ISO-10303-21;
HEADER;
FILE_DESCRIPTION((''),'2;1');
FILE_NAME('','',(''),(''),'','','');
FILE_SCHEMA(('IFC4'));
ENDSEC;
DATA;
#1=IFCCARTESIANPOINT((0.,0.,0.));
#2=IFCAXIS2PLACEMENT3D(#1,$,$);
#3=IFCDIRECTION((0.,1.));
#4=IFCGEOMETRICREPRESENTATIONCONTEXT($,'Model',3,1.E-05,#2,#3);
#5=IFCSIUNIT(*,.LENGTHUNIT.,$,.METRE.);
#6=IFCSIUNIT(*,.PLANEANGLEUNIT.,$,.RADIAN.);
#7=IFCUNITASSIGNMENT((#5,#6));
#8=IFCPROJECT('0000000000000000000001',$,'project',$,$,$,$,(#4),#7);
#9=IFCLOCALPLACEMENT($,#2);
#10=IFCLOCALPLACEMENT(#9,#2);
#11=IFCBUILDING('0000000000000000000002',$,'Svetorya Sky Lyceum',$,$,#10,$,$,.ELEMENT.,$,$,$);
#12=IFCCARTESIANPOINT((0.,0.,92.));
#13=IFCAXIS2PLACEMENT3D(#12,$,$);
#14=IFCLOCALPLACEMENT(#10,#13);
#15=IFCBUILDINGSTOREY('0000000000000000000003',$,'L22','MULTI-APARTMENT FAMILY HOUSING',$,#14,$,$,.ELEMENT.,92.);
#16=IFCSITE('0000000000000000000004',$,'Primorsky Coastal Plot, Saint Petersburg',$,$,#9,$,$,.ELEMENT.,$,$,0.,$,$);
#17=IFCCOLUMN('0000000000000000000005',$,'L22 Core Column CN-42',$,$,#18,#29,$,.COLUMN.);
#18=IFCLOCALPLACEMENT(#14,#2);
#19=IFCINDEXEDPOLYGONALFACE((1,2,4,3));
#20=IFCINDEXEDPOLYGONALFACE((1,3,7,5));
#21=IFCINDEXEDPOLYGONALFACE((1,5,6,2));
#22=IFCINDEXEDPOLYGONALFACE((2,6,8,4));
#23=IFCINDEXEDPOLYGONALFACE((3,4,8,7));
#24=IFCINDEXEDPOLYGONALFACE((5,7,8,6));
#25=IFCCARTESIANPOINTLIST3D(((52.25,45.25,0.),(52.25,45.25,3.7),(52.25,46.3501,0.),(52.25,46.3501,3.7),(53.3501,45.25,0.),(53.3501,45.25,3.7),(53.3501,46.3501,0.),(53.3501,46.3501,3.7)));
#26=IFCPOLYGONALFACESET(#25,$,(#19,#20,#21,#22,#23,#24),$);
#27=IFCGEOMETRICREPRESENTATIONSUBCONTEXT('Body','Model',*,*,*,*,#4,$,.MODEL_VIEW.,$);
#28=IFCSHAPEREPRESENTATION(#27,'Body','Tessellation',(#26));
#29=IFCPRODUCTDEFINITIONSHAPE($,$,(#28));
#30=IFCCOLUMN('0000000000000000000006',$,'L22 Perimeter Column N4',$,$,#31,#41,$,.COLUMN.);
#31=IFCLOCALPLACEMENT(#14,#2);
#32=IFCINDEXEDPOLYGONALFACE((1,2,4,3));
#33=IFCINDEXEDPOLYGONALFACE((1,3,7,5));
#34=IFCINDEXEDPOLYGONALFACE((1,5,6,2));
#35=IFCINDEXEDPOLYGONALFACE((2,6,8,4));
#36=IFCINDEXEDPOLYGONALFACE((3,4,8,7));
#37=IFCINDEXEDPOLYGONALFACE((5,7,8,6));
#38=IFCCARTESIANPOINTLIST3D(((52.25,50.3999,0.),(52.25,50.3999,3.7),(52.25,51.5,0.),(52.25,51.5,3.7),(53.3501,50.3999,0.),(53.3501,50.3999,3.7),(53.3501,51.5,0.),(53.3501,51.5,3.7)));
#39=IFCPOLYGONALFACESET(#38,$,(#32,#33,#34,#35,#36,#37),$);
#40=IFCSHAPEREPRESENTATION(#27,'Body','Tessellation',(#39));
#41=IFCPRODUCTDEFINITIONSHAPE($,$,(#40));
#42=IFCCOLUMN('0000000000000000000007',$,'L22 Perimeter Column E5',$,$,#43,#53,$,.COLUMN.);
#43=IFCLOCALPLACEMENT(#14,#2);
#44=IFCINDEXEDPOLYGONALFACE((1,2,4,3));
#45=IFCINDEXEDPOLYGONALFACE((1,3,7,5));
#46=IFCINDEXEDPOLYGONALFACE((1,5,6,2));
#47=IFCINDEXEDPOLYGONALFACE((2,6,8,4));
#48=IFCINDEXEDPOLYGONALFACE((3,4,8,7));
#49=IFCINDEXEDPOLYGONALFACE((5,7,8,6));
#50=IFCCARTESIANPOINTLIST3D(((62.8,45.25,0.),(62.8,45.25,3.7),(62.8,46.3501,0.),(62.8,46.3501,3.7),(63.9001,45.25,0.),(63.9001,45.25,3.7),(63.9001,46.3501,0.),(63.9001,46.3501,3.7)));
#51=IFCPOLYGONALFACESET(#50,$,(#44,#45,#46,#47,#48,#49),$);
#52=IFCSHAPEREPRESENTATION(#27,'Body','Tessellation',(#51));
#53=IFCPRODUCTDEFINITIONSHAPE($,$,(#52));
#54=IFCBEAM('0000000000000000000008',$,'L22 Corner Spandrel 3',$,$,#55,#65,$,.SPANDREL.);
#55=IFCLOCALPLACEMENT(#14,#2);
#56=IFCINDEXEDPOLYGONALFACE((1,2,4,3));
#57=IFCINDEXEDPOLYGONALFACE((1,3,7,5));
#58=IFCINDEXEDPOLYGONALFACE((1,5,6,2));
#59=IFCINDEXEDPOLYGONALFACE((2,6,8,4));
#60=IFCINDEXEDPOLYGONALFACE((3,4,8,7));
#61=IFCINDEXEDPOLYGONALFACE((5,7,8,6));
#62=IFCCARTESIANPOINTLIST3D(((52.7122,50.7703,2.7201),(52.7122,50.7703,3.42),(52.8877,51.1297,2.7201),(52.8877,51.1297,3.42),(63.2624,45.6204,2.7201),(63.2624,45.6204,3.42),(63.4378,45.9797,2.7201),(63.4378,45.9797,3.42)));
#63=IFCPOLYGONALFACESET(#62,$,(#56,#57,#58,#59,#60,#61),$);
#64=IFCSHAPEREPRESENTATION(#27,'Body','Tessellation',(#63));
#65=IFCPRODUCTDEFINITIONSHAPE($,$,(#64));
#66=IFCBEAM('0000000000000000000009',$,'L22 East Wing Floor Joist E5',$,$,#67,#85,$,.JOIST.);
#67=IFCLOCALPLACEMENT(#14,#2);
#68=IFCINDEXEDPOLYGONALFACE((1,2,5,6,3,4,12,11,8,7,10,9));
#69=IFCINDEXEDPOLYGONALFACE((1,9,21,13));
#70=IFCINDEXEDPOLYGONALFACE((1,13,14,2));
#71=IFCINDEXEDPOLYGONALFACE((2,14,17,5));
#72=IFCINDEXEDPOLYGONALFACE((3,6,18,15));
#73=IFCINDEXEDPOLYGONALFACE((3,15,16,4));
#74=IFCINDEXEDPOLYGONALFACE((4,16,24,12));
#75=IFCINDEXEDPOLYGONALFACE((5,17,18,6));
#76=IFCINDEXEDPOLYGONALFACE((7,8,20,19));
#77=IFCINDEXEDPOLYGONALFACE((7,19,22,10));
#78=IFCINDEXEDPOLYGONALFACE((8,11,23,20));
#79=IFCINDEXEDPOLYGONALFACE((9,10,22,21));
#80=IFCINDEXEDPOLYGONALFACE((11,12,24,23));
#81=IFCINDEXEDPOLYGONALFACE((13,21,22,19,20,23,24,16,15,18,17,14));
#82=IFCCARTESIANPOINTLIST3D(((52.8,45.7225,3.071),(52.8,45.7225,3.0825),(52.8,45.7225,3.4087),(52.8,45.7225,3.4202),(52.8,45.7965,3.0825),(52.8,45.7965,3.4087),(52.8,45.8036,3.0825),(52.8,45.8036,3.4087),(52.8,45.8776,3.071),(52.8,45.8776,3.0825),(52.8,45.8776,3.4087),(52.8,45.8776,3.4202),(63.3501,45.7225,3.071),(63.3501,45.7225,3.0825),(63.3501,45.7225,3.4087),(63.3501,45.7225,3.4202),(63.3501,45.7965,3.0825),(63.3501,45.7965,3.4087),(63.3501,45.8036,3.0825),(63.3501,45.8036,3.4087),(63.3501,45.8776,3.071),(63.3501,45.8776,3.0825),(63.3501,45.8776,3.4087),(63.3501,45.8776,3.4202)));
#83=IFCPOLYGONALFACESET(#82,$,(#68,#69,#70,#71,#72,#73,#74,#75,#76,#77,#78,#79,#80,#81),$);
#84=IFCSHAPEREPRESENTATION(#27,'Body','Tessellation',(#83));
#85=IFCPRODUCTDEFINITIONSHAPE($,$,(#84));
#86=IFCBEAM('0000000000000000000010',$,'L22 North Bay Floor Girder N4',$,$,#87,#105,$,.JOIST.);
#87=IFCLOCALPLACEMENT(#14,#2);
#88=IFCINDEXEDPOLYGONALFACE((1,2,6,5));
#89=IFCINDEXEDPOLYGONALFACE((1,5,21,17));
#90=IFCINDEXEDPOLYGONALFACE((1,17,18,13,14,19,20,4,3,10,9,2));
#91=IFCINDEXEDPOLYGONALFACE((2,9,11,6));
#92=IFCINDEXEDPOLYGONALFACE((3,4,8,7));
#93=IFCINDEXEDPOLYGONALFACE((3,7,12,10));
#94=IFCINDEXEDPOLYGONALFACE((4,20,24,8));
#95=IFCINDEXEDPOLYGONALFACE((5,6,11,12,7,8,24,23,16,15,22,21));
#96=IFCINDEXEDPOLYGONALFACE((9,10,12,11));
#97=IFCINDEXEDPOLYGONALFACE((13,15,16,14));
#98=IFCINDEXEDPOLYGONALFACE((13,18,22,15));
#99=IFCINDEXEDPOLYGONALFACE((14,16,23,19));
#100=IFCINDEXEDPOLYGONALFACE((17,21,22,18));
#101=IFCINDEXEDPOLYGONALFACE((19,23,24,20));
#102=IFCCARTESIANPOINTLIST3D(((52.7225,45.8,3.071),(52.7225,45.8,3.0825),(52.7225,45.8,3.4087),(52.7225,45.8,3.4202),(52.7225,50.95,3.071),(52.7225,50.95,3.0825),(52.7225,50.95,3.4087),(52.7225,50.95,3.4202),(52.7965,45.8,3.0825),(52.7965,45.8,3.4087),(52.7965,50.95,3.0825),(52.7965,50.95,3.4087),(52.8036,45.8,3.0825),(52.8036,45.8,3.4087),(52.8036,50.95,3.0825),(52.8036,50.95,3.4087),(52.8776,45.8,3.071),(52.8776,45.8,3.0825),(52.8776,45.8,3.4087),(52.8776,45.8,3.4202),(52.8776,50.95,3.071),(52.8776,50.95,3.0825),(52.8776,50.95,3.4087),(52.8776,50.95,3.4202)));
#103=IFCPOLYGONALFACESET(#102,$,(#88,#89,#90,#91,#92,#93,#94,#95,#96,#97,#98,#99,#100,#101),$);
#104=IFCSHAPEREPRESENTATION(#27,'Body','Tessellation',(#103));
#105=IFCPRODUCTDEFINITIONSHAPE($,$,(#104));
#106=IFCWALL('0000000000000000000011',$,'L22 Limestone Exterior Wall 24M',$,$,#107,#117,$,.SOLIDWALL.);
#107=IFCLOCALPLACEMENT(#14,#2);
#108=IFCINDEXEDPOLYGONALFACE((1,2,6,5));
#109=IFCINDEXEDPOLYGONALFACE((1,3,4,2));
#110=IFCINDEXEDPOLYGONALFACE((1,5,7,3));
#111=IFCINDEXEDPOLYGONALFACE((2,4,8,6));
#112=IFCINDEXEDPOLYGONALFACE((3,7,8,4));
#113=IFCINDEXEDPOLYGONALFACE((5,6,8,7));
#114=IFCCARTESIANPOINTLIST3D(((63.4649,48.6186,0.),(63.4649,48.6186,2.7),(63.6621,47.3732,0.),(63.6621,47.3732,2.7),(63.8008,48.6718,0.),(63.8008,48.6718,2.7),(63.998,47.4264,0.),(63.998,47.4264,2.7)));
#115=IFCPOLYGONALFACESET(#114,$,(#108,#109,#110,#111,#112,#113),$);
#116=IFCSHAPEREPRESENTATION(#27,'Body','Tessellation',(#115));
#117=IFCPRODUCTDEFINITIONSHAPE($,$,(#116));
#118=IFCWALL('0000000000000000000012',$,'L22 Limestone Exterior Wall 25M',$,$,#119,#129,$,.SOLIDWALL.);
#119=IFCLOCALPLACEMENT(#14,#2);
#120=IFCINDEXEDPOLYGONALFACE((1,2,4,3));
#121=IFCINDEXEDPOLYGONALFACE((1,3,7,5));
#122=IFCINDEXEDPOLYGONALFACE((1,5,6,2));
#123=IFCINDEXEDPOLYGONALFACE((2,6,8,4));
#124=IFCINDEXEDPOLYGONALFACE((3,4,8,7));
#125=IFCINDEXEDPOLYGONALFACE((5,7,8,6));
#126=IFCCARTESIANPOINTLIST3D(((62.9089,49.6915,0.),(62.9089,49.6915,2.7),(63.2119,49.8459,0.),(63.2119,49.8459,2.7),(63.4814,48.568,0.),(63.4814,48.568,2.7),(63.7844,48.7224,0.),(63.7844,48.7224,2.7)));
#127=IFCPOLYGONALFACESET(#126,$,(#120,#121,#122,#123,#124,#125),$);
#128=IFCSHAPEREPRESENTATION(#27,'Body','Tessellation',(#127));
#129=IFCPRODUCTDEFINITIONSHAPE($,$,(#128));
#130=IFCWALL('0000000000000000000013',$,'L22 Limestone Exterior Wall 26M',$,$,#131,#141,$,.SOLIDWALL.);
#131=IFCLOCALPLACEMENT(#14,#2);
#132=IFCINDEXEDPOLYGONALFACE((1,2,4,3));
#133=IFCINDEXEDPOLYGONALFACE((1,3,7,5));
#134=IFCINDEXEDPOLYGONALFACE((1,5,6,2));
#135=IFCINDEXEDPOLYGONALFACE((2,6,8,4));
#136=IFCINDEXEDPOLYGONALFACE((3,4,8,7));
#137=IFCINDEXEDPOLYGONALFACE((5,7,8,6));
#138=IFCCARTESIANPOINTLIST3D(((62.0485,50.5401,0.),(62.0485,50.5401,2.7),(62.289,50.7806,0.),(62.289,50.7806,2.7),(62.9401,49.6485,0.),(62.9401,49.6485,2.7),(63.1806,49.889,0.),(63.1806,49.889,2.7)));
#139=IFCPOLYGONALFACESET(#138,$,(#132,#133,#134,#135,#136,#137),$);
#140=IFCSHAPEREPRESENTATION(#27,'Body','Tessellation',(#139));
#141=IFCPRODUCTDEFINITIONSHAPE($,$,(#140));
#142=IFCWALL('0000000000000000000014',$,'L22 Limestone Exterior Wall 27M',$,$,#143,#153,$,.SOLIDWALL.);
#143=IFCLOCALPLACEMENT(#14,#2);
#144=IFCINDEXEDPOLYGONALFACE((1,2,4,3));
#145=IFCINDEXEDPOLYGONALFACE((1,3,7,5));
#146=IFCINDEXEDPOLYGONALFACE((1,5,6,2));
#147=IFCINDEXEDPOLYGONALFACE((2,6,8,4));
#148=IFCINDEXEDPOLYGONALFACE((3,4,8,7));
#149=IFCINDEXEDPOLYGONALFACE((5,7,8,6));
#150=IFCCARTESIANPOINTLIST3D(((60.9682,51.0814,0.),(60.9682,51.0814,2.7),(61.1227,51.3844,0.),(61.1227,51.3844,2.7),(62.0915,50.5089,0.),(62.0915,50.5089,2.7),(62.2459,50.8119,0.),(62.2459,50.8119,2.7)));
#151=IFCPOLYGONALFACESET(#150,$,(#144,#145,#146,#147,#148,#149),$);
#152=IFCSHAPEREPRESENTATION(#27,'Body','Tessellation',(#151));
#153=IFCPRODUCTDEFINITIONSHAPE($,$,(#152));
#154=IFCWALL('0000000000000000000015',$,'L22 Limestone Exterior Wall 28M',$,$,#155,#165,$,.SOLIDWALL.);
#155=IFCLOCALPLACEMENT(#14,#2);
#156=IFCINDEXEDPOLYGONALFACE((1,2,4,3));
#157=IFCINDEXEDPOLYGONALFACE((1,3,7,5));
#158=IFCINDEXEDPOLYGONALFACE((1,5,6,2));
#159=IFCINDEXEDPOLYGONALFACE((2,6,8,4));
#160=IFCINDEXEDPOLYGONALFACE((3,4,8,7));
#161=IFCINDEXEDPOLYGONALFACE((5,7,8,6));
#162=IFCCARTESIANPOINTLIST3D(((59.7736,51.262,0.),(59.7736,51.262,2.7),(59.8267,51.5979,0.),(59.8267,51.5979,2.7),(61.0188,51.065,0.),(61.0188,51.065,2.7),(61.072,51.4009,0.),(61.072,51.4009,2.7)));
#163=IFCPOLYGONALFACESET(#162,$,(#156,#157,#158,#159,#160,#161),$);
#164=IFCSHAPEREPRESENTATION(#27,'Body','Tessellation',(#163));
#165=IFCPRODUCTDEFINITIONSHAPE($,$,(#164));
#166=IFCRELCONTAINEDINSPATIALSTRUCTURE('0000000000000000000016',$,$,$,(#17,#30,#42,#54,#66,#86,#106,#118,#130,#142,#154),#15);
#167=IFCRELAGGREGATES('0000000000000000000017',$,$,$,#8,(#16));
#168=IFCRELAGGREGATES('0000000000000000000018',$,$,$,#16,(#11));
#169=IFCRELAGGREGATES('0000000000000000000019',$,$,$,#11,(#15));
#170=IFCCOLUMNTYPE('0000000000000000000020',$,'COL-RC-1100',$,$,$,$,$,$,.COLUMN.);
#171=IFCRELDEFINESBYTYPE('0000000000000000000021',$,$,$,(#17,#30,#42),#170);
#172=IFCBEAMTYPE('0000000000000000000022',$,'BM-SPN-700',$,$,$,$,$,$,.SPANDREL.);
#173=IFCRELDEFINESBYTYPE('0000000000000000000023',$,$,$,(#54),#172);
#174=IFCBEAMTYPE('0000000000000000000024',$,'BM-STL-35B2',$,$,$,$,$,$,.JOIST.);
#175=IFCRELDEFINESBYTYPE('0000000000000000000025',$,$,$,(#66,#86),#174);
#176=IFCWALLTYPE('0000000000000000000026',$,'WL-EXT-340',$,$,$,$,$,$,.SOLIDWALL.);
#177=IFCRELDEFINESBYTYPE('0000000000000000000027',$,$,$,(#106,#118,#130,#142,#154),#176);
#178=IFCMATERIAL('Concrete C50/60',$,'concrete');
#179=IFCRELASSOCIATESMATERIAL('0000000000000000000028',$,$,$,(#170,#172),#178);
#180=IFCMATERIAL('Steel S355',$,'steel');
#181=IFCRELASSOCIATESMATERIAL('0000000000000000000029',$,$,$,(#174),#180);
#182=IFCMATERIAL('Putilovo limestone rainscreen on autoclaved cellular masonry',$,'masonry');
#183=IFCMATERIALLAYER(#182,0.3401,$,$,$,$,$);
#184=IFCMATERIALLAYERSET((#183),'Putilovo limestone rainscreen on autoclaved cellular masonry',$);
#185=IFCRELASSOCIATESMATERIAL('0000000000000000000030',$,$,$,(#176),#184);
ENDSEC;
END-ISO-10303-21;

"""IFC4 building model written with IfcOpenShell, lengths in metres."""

from ifc_helpers import new_model, si_unit, direction, frame, frame_2d, origin, origin_2d, place, context, subcontext, project, spatial, rectangle, i_section, extrude, material, layer, layer_set, material_profile, profile_set, type_object, element, save


model = new_model("IFC4")

# Units and contexts
model_context = context("Model", 3, precision=1e-05, world=origin(), true_north=direction((0.0, 1.0)))
body_context = subcontext(model_context, "Body", "Model", "MODEL_VIEW")
ifc_project = project(units=[si_unit("LENGTHUNIT", "METRE"), si_unit("PLANEANGLEUNIT", "RADIAN")], contexts=[model_context])

# Site, building, storey
site_placement = place(None, origin())
site = spatial("IfcSite", under=ifc_project, at=site_placement, Name="Primorsky Coastal Plot, Saint Petersburg", CompositionType="ELEMENT", RefElevation=0.0)
building_placement = place(site_placement, origin())
building = spatial("IfcBuilding", under=site, at=building_placement, Name="Svetorya Sky Lyceum", CompositionType="ELEMENT")
storey_placement = place(building_placement, frame((0.0, 0.0, 92.0)))
storey = spatial("IfcBuildingStorey", under=building, at=storey_placement, Name="L22", Description="MULTI-APARTMENT FAMILY HOUSING", CompositionType="ELEMENT", Elevation=92.0)

# Columns
ifc_material_1 = material(Name="Concrete C50/60", Category="concrete")
ifc_material_profile_1 = material_profile(ifc_material_1, rectangle(XDim=1.1001, YDim=1.1001, at=origin_2d()), Name="RC COL 1100x1100")
ifc_profile_set_1 = profile_set([ifc_material_profile_1], Name="Concrete C50/60")
column_type = type_object("IfcColumnType", Name="COL-RC-1100", PredefinedType="COLUMN", material=ifc_profile_set_1)
for number, where, z_axis, x_axis, name in (
    (1, (52.8, 45.8, 0.0), (0.0, 0.0, 1.0), (1.0, 0.0, 0.0), "L22 Core Column CN-42"),
    (2, (52.8, 50.95, 0.0), (0.0, 0.0, 1.0), (1.0, 0.0, 0.0), "L22 Perimeter Column N4"),
    (3, (63.3501, 45.8, 0.0), (0.0, 0.0, 1.0), (1.0, 0.0, 0.0), "L22 Perimeter Column E5"),
):
    element("IfcColumn", number, at=place(storey_placement, frame(where, z_axis=z_axis, x_axis=x_axis)), inside=storey, type_object=column_type, Name=name, PredefinedType="COLUMN", context=body_context, shape_type="SweptSolid", body=[
        extrude(rectangle(XDim=1.1001, YDim=1.1001, at=origin_2d()), origin(), (0.0, 0.0, 1.0), 3.7),
    ])

# Beams
ifc_material_profile_2 = material_profile(ifc_material_1, rectangle(XDim=0.3999, YDim=0.7, at=origin_2d()), Name="RC SPANDREL 400x700")
ifc_profile_set_2 = profile_set([ifc_material_profile_2], Name="Concrete C50/60")
beam_type_1 = type_object("IfcBeamType", Name="BM-SPN-700", PredefinedType="SPANDREL", material=ifc_profile_set_2)
beam_1_placement = place(storey_placement, frame((63.3501, 45.8, 3.0701), z_axis=(-0.89865, 0.438667, 0.0), x_axis=(-0.438667, -0.89865, 0.0)))
element("IfcBeam", 4, at=beam_1_placement, inside=storey, type_object=beam_type_1, Name="L22 Corner Spandrel 3", PredefinedType="SPANDREL", context=body_context, shape_type="SweptSolid", body=[
    extrude(rectangle(XDim=0.3999, YDim=0.7, at=origin_2d()), origin(), (0.0, 0.0, 1.0), 11.74),
])
ifc_material_2 = material(Name="Steel S355", Category="steel")
ifc_material_profile_3 = material_profile(ifc_material_2, i_section(OverallWidth=0.155, OverallDepth=0.3491, WebThickness=0.0071, FlangeThickness=0.0115, at=origin_2d()), Name="GOST 35B2")
ifc_profile_set_3 = profile_set([ifc_material_profile_3], Name="Steel S355")
beam_type_2 = type_object("IfcBeamType", Name="BM-STL-35B2", PredefinedType="JOIST", material=ifc_profile_set_3)
beam_2_placement = place(storey_placement, frame((52.8, 45.8, 3.2456), z_axis=(1.0, 0.0, 0.0), x_axis=(0.0, 1.0, 0.0)))
element("IfcBeam", 5, at=beam_2_placement, inside=storey, type_object=beam_type_2, Name="L22 East Wing Floor Joist E5", PredefinedType="JOIST", context=body_context, shape_type="SweptSolid", body=[
    extrude(i_section(OverallWidth=0.155, OverallDepth=0.3491, WebThickness=0.0071, FlangeThickness=0.0115, at=origin_2d()), origin(), (0.0, 0.0, 1.0), 10.55),
])
beam_3_placement = place(storey_placement, frame((52.8, 45.8, 3.2456), z_axis=(0.0, 1.0, 0.0), x_axis=(-1.0, 0.0, 0.0)))
element("IfcBeam", 6, at=beam_3_placement, inside=storey, type_object=beam_type_2, Name="L22 North Bay Floor Girder N4", PredefinedType="JOIST", context=body_context, shape_type="SweptSolid", body=[
    extrude(i_section(OverallWidth=0.155, OverallDepth=0.3491, WebThickness=0.0071, FlangeThickness=0.0115, at=origin_2d()), origin(), (0.0, 0.0, 1.0), 5.1499),
])

# Walls
ifc_material_3 = material(Name="Putilovo limestone rainscreen on autoclaved cellular masonry", Category="masonry")
ifc_layer_1 = layer(ifc_material_3, 0.3401)
ifc_layer_set_1 = layer_set([ifc_layer_1], Name="Putilovo limestone rainscreen on autoclaved cellular masonry")
wall_type_1 = type_object("IfcWallType", Name="WL-EXT-340", PredefinedType="SOLIDWALL", material=ifc_layer_set_1)
for number, where, z_axis, x_axis, name in (
    (7, (63.8301, 47.3999, 0.0), (0.0, 0.0, 1.0), (-0.15645, 0.987686, 0.0), "L22 Limestone Exterior Wall 24M"),
    (8, (63.6328, 48.6453, 0.0), (0.0, 0.0, 1.0), (-0.454016, 0.890994, 0.0), "L22 Limestone Exterior Wall 25M"),
    (9, (63.0603, 49.7688, 0.0), (0.0, 0.0, 1.0), (-0.707107, 0.707107, 0.0), "L22 Limestone Exterior Wall 26M"),
):
    element("IfcWall", number, at=place(storey_placement, frame(where, z_axis=z_axis, x_axis=x_axis)), inside=storey, type_object=wall_type_1, Name=name, PredefinedType="SOLIDWALL", context=body_context, shape_type="SweptSolid", body=[
        extrude(rectangle(XDim=1.261, YDim=0.3401, at=frame_2d((0.6304, 0.0))), origin(), (0.0, 0.0, 1.0), 2.7),
    ])
for number, where, z_axis, x_axis, name in (
    (10, (62.1687, 50.6604, 0.0), (0.0, 0.0, 1.0), (-0.890954, 0.454094, 0.0), "L22 Limestone Exterior Wall 27M"),
    (11, (61.0454, 51.2329, 0.0), (0.0, 0.0, 1.0), (-0.987716, 0.156261, 0.0), "L22 Limestone Exterior Wall 28M"),
):
    element("IfcWall", number, at=place(storey_placement, frame(where, z_axis=z_axis, x_axis=x_axis)), inside=storey, type_object=wall_type_1, Name=name, PredefinedType="SOLIDWALL", context=body_context, shape_type="SweptSolid", body=[
        extrude(rectangle(XDim=1.2607, YDim=0.3401, at=frame_2d((0.6304, 0.0))), origin(), (0.0, 0.0, 1.0), 2.7),
    ])

save(model, "model.ifc")
